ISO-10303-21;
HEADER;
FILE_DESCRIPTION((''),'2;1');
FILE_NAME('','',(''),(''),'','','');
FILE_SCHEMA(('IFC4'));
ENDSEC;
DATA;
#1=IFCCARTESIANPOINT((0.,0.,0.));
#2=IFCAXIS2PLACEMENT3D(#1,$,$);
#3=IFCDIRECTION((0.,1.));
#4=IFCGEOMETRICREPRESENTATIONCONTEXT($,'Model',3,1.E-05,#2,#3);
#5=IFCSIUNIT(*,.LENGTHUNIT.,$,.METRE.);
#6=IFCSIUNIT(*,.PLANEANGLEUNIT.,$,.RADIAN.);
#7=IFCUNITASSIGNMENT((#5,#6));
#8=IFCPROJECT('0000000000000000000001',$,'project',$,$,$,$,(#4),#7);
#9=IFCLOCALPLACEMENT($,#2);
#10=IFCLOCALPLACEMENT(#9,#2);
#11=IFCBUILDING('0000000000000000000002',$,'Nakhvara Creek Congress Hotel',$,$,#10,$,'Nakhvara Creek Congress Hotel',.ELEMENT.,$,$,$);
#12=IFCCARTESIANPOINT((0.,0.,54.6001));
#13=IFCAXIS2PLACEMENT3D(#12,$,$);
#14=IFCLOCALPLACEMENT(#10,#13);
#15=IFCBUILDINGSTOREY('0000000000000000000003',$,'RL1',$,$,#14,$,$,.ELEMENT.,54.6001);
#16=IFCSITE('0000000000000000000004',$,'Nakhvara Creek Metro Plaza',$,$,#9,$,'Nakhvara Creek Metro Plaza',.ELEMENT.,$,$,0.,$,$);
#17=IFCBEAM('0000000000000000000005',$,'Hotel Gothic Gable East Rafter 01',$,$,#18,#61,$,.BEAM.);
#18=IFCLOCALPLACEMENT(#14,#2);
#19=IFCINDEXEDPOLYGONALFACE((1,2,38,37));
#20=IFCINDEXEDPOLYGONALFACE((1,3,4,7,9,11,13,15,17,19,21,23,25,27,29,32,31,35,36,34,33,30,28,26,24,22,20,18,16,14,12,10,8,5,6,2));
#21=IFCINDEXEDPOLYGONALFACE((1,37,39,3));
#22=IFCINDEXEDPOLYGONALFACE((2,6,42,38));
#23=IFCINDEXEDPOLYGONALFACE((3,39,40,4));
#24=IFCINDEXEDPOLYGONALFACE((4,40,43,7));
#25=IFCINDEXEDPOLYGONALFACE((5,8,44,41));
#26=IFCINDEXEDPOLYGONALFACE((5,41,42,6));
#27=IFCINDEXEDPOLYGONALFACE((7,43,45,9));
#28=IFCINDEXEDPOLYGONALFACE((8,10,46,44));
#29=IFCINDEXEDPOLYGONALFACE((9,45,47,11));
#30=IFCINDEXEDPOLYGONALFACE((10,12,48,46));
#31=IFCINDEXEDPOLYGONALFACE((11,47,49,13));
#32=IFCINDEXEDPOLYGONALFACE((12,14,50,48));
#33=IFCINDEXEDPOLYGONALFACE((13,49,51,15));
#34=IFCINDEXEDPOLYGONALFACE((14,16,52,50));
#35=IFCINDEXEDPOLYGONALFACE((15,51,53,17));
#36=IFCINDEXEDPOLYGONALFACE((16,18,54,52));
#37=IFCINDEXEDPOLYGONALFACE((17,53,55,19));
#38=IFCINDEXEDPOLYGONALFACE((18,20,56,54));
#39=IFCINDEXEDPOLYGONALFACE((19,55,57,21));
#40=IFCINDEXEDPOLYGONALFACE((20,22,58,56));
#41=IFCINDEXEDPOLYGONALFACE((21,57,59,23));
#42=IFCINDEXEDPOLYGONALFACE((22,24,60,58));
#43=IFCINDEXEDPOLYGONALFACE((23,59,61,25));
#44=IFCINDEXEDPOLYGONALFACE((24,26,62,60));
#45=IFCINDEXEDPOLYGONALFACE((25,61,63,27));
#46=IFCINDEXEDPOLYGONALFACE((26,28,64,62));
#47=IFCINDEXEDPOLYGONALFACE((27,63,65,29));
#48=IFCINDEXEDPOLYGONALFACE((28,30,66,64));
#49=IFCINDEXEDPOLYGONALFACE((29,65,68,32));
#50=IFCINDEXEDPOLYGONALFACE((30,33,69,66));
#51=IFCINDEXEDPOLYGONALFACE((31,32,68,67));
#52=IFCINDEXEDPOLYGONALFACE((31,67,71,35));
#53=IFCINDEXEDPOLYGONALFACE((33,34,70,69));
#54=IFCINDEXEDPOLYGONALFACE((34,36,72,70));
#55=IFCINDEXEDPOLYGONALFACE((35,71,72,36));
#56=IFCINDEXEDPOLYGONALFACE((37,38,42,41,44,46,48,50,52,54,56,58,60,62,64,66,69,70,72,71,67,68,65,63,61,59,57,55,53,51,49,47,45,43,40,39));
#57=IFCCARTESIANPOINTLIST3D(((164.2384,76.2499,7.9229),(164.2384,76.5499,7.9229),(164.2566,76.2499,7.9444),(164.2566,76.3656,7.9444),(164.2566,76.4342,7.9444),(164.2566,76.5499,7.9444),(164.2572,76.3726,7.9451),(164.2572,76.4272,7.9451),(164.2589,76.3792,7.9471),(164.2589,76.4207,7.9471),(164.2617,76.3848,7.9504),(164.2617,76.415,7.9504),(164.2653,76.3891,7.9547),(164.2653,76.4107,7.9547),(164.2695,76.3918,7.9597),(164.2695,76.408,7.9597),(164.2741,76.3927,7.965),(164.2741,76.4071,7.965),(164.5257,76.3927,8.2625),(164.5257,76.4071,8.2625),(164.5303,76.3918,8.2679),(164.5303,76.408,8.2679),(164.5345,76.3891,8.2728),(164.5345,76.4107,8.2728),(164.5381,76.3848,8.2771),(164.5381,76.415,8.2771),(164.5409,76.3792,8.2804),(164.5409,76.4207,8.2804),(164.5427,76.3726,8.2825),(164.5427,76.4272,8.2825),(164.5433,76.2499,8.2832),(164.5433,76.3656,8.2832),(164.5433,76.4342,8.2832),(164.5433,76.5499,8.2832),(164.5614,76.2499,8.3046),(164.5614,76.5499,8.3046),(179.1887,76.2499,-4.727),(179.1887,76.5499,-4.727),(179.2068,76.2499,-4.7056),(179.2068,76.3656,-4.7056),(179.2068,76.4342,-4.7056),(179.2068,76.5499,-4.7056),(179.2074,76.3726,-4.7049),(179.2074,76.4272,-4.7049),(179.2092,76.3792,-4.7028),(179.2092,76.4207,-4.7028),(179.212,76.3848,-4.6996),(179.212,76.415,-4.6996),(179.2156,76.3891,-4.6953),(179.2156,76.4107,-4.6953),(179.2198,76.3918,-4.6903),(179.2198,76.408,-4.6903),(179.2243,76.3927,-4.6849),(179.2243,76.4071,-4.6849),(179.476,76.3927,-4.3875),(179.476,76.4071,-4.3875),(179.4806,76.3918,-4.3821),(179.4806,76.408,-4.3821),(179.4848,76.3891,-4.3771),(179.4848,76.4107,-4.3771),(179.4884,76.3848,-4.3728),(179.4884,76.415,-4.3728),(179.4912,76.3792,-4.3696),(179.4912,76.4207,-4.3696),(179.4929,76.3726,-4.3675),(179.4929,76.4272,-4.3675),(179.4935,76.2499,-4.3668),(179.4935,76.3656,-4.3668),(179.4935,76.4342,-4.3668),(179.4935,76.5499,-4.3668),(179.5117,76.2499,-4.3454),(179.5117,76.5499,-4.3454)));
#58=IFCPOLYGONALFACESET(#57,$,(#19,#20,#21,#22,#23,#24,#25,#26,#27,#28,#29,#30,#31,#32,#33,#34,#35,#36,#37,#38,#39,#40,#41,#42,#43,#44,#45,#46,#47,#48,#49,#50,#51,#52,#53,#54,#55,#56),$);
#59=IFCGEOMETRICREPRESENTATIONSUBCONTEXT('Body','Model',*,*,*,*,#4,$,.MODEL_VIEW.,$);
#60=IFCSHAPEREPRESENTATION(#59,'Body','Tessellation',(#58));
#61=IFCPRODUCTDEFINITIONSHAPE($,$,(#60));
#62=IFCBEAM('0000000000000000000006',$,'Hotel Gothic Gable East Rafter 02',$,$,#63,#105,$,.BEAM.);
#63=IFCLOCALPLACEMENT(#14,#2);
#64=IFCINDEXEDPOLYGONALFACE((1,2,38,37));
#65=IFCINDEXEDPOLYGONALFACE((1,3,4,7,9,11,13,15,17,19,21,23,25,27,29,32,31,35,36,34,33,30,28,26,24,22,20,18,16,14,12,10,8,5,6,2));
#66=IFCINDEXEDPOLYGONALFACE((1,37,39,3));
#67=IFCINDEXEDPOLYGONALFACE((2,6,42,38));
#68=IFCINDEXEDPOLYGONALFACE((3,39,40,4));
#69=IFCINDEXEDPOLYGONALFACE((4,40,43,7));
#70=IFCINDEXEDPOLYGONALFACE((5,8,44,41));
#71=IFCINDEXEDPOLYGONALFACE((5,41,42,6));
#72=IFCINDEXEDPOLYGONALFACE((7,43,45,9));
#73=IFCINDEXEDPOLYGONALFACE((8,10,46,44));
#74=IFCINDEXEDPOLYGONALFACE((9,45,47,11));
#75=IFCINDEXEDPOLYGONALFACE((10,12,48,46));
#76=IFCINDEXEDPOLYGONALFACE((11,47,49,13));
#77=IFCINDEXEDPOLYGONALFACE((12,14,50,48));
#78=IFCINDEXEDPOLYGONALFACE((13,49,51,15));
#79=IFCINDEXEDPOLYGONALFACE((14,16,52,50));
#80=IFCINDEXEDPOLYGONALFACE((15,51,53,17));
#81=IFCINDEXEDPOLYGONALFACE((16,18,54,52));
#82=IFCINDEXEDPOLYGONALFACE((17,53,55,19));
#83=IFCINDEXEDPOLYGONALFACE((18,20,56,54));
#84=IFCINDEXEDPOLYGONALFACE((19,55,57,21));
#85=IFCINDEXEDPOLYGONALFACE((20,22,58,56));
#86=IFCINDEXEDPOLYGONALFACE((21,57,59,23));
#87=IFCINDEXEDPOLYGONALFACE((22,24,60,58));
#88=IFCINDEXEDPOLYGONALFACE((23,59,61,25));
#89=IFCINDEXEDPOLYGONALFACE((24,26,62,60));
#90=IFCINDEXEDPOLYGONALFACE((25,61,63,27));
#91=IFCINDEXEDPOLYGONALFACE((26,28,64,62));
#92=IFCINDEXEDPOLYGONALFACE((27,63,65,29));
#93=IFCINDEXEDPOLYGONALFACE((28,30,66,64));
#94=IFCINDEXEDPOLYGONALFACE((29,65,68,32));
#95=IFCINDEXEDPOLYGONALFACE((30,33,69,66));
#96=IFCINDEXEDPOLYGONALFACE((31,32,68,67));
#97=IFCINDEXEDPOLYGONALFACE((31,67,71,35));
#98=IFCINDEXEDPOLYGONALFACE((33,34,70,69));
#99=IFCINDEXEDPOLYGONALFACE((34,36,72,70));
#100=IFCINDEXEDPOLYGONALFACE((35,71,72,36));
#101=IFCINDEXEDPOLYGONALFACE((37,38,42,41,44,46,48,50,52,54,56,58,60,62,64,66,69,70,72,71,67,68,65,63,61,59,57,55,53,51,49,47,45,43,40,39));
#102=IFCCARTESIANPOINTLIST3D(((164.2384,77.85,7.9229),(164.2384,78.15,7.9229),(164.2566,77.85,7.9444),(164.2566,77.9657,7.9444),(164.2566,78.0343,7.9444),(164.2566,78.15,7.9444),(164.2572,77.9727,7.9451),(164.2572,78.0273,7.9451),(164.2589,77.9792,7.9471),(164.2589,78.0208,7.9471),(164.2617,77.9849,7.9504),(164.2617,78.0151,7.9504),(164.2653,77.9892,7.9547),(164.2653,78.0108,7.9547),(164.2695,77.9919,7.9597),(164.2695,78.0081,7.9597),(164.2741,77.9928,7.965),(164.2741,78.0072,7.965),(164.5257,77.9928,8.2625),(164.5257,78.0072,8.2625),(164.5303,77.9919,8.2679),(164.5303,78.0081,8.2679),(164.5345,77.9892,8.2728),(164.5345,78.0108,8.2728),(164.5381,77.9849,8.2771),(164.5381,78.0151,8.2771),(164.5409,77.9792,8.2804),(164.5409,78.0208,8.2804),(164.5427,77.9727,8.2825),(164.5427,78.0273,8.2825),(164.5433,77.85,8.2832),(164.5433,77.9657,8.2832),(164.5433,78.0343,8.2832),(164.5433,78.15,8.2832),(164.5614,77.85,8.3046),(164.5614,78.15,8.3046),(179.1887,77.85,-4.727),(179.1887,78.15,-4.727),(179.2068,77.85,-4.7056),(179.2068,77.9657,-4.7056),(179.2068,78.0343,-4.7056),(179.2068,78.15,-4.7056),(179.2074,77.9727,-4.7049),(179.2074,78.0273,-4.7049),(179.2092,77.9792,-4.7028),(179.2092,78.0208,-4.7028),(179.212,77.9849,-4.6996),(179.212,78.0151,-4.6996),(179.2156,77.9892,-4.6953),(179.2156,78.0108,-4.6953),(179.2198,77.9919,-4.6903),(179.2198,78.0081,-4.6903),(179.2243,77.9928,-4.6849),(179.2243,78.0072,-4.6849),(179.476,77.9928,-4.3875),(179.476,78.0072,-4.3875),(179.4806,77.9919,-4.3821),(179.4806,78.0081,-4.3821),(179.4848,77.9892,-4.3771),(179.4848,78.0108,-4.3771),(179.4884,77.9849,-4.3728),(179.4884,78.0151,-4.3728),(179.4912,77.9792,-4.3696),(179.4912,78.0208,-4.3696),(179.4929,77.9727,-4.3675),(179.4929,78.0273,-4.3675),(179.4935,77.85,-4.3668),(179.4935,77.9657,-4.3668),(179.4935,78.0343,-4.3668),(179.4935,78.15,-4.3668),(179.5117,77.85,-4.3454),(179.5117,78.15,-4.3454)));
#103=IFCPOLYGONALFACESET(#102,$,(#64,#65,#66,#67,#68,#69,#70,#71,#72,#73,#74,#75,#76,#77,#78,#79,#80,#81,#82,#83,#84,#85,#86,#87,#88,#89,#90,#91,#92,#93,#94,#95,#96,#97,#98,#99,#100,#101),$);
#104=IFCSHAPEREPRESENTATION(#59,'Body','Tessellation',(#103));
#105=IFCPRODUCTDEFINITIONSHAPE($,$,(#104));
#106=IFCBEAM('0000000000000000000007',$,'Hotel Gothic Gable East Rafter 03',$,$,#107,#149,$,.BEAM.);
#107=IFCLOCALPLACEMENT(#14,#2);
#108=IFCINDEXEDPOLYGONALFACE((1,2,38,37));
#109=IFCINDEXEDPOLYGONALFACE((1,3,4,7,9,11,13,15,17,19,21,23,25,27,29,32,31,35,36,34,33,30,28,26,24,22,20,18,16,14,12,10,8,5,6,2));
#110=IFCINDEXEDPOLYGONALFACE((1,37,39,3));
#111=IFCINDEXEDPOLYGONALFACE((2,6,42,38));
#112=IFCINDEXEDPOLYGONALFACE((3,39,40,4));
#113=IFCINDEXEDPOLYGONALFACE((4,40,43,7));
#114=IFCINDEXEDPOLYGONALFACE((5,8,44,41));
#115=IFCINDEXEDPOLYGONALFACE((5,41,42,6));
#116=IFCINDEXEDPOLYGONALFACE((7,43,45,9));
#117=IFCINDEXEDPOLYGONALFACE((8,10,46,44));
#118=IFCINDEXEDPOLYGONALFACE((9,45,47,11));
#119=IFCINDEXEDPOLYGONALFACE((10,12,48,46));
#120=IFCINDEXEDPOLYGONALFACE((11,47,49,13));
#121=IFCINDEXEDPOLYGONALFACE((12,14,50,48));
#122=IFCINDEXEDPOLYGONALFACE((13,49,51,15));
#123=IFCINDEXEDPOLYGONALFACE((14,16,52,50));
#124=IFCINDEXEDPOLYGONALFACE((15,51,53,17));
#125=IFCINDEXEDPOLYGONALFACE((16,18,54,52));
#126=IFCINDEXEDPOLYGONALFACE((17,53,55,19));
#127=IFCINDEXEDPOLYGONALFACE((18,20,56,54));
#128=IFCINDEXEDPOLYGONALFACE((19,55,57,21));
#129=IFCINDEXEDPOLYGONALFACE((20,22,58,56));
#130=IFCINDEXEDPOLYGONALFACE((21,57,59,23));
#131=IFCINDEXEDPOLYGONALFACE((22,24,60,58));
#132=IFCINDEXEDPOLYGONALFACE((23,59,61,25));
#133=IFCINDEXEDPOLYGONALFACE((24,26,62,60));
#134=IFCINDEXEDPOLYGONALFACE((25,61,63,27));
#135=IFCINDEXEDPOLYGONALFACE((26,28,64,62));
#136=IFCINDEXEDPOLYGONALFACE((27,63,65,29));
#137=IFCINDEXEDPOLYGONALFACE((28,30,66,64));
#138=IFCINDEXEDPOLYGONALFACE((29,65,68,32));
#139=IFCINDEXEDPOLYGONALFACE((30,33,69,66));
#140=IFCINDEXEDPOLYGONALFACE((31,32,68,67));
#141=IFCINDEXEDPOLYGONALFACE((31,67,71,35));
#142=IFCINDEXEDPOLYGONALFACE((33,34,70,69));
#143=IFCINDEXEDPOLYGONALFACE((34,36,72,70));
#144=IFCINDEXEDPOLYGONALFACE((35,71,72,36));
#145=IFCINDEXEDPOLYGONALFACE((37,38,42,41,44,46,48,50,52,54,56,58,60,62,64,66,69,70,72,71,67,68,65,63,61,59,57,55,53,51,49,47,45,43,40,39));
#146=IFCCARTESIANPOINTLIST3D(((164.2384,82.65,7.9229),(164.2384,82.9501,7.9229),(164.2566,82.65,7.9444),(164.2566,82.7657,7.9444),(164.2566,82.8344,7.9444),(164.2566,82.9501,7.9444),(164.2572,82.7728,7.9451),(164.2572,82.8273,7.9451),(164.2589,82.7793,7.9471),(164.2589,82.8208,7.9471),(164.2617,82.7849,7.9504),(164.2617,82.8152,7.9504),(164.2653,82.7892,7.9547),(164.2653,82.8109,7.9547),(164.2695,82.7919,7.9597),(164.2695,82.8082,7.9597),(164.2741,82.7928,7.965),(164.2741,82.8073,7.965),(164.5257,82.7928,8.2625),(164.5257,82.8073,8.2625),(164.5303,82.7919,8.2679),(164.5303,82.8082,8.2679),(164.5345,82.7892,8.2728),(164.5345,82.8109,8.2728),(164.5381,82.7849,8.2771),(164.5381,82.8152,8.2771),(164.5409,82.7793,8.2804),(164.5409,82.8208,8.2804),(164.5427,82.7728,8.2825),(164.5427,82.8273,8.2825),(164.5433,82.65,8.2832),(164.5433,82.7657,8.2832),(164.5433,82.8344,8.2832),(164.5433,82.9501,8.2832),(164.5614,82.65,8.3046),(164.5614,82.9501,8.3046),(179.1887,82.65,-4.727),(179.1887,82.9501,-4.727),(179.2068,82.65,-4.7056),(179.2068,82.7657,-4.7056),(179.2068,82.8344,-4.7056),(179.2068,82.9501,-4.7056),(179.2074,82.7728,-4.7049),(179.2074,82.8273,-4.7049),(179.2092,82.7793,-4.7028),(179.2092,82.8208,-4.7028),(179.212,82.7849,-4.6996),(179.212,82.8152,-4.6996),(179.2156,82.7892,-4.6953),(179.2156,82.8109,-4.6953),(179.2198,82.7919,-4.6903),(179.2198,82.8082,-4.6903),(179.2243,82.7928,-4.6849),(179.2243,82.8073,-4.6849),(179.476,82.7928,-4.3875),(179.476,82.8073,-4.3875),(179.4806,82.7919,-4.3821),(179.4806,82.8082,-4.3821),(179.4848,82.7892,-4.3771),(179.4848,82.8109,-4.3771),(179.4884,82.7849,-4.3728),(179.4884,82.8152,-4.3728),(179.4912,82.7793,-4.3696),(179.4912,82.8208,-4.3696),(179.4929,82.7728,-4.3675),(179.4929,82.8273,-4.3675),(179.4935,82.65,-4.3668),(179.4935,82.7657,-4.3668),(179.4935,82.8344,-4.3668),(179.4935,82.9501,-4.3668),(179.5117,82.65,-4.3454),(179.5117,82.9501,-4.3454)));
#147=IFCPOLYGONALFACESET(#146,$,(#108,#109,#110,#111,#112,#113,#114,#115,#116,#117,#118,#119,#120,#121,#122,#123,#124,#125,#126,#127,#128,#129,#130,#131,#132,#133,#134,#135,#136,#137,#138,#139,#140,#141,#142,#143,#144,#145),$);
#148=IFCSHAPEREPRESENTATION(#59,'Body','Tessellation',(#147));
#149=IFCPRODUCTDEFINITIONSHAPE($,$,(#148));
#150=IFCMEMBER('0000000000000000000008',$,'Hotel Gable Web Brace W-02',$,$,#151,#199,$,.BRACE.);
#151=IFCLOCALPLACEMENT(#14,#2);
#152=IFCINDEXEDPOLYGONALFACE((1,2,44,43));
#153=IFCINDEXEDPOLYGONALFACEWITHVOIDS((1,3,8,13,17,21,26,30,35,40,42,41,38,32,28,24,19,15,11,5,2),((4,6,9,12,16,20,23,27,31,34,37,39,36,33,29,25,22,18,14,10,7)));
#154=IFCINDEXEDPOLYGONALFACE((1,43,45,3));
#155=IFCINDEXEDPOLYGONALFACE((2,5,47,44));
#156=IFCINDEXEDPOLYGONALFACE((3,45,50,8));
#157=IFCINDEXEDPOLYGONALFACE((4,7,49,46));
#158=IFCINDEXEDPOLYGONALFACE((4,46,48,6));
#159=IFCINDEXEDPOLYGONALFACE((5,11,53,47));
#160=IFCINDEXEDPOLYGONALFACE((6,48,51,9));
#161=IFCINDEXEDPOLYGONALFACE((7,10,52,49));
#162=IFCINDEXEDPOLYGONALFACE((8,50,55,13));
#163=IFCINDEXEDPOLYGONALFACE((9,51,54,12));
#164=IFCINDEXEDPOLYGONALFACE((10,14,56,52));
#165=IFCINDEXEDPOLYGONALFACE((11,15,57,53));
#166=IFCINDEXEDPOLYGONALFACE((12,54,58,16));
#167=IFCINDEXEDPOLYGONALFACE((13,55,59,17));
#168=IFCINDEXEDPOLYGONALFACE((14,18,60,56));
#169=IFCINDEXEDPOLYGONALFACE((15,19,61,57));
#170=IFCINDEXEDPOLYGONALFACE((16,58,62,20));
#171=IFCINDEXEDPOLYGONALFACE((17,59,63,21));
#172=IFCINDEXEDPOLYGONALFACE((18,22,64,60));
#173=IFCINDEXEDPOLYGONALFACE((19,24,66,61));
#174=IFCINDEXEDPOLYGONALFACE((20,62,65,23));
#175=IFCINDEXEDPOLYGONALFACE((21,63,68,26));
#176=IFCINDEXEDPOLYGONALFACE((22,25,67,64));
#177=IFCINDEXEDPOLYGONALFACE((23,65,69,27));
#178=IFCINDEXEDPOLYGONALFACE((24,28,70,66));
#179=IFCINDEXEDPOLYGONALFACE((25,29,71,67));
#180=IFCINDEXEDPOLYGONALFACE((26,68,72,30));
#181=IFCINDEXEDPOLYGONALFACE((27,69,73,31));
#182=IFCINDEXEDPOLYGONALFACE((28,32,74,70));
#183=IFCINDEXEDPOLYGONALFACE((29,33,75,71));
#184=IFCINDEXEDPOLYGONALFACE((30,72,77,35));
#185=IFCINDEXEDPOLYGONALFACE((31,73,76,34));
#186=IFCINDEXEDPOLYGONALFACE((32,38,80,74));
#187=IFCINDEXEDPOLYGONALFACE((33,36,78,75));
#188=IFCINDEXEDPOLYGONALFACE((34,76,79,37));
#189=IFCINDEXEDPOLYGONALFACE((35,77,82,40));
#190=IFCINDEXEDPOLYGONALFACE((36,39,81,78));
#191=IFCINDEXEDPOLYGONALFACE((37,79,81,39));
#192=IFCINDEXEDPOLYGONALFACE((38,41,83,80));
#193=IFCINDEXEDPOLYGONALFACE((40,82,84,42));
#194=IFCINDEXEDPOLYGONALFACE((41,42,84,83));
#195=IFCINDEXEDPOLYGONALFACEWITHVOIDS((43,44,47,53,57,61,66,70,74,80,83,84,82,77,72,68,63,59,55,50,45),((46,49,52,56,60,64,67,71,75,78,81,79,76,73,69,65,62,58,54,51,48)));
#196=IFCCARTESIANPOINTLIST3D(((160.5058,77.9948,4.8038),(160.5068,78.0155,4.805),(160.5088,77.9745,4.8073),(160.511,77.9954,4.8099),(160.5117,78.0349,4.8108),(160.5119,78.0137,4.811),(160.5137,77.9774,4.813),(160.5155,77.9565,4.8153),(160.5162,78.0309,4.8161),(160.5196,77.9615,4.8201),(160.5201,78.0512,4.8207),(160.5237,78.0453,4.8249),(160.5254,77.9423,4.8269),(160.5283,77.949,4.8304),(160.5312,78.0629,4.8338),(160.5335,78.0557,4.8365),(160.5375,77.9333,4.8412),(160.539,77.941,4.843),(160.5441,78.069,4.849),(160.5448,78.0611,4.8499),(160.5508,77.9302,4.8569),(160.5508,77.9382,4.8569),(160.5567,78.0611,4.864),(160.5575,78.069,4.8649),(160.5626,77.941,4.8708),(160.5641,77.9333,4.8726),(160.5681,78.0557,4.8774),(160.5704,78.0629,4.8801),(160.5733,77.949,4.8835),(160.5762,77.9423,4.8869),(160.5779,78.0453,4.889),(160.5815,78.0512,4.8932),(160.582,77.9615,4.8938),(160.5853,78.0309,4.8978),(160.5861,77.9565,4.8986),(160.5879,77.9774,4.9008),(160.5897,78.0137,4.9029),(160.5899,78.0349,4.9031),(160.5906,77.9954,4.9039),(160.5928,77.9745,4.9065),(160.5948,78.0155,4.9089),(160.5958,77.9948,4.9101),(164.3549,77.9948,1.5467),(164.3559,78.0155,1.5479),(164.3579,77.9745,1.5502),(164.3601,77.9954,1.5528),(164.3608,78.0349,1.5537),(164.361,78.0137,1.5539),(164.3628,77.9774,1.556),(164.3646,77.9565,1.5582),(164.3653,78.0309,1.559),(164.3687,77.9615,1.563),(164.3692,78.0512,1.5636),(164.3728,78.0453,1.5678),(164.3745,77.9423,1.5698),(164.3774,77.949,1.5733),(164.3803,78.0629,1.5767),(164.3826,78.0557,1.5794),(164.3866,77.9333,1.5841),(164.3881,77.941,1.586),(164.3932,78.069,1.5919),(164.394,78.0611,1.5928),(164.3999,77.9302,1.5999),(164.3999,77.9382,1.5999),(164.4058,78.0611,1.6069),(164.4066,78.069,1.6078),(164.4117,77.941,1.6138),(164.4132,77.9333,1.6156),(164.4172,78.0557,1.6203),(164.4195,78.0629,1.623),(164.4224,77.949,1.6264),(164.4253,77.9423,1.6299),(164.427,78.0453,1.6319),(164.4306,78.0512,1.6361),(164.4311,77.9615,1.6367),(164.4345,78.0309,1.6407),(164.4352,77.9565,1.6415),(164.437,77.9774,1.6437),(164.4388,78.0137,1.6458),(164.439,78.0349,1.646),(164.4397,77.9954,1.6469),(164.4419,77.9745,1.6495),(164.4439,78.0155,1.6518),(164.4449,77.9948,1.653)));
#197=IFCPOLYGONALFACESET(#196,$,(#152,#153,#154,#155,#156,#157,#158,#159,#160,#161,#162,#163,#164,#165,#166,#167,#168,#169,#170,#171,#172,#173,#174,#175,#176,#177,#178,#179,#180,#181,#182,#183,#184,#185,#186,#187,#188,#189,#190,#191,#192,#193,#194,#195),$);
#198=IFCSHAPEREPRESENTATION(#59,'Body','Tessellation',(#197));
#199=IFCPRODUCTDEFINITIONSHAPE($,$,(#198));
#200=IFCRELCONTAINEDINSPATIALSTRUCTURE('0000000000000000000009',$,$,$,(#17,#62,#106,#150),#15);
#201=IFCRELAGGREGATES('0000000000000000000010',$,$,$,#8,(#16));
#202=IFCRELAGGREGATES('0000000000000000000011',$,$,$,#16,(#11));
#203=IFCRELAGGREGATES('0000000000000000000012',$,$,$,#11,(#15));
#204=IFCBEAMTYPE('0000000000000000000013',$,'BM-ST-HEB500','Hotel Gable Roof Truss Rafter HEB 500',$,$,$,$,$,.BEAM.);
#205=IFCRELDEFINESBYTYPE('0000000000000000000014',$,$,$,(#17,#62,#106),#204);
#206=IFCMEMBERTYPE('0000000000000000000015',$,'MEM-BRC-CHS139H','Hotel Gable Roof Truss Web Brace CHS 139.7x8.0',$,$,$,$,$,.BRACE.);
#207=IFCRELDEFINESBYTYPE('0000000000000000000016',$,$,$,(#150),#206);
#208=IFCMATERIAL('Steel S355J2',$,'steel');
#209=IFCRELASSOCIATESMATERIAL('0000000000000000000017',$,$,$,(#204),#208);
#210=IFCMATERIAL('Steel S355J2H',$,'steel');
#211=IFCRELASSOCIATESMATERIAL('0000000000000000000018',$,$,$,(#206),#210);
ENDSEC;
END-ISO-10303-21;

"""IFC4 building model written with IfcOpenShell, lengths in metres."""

from ifc_helpers import new_model, si_unit, direction, frame, origin, origin_2d, place, context, subcontext, project, spatial, hollow_circle, i_section, extrude, material, material_profile, profile_set, type_object, element, save


model = new_model("IFC4")

# Units and contexts
model_context = context("Model", 3, precision=1e-05, world=origin(), true_north=direction((0.0, 1.0)))
body_context = subcontext(model_context, "Body", "Model", "MODEL_VIEW")
ifc_project = project(units=[si_unit("LENGTHUNIT", "METRE"), si_unit("PLANEANGLEUNIT", "RADIAN")], contexts=[model_context])

# Site, building, storey
site_placement = place(None, origin())
site = spatial("IfcSite", under=ifc_project, at=site_placement, Name="Nakhvara Creek Metro Plaza", LongName="Nakhvara Creek Metro Plaza", CompositionType="ELEMENT", RefElevation=0.0)
building_placement = place(site_placement, origin())
building = spatial("IfcBuilding", under=site, at=building_placement, Name="Nakhvara Creek Congress Hotel", LongName="Nakhvara Creek Congress Hotel", CompositionType="ELEMENT")
storey_placement = place(building_placement, frame((0.0, 0.0, 54.6001)))
storey = spatial("IfcBuildingStorey", under=building, at=storey_placement, Name="RL1", CompositionType="ELEMENT", Elevation=54.6001)

# Beams
ifc_material_1 = material(Name="Steel S355J2", Category="steel")
ifc_material_profile_1 = material_profile(ifc_material_1, i_section(OverallWidth=0.3, OverallDepth=0.5, WebThickness=0.0144, FlangeThickness=0.0281, FilletRadius=0.0271, at=origin_2d()), Name="HEB 500", Category="LoadBearing")
ifc_profile_set_1 = profile_set([ifc_material_profile_1], Name="Steel S355J2")
beam_type = type_object("IfcBeamType", Name="BM-ST-HEB500", Description="Hotel Gable Roof Truss Rafter HEB 500", PredefinedType="BEAM", material=ifc_profile_set_1)
for number, where, z_axis, x_axis, name in (
    (1, (164.3999, 76.3999, 8.1138), (0.763393, 0.0, -0.645934), (0.0, 1.0, 0.0), "Hotel Gothic Gable East Rafter 01"),
    (2, (164.3999, 78.0, 8.1138), (0.763393, 0.0, -0.645934), (0.0, 1.0, 0.0), "Hotel Gothic Gable East Rafter 02"),
    (3, (164.3999, 82.8, 8.1138), (0.763393, 0.0, -0.645934), (0.0, 1.0, 0.0), "Hotel Gothic Gable East Rafter 03"),
):
    element("IfcBeam", number, at=place(storey_placement, frame(where, z_axis=z_axis, x_axis=x_axis)), inside=storey, type_object=beam_type, Name=name, PredefinedType="BEAM", context=body_context, shape_type="SweptSolid", body=[
        extrude(i_section(OverallWidth=0.3, OverallDepth=0.5, WebThickness=0.0144, FlangeThickness=0.0281, FilletRadius=0.0271, at=origin_2d()), origin(), (0.0, 0.0, 1.0), 19.584),
    ])

# Member
ifc_material_2 = material(Name="Steel S355J2H", Category="steel")
ifc_material_profile_2 = material_profile(ifc_material_2, hollow_circle(Radius=0.0698, WallThickness=0.0081, at=origin_2d()), Name="CHS 139.7x8.0", Category="LoadBearing")
ifc_profile_set_2 = profile_set([ifc_material_profile_2], Name="Steel S355J2H")
member_type_1 = type_object("IfcMemberType", Name="MEM-BRC-CHS139H", Description="Hotel Gable Roof Truss Web Brace CHS 139.7x8.0", PredefinedType="BRACE", material=ifc_profile_set_2)
for number, where, z_axis, x_axis, name in (
    (4, (164.3999, 78.0, 1.5999), (-0.763373, 0.0, 0.645957), (0.0, -1.0, 0.0), "Hotel Gable Web Brace W-02"),
):
    element("IfcMember", number, at=place(storey_placement, frame(where, z_axis=z_axis, x_axis=x_axis)), inside=storey, type_object=member_type_1, Name=name, PredefinedType="BRACE", context=body_context, shape_type="SweptSolid", body=[
        extrude(hollow_circle(Radius=0.0698, WallThickness=0.0081, at=origin_2d()), origin(), (0.0, 0.0, 1.0), 5.0422),
    ])

save(model, "model.ifc")
